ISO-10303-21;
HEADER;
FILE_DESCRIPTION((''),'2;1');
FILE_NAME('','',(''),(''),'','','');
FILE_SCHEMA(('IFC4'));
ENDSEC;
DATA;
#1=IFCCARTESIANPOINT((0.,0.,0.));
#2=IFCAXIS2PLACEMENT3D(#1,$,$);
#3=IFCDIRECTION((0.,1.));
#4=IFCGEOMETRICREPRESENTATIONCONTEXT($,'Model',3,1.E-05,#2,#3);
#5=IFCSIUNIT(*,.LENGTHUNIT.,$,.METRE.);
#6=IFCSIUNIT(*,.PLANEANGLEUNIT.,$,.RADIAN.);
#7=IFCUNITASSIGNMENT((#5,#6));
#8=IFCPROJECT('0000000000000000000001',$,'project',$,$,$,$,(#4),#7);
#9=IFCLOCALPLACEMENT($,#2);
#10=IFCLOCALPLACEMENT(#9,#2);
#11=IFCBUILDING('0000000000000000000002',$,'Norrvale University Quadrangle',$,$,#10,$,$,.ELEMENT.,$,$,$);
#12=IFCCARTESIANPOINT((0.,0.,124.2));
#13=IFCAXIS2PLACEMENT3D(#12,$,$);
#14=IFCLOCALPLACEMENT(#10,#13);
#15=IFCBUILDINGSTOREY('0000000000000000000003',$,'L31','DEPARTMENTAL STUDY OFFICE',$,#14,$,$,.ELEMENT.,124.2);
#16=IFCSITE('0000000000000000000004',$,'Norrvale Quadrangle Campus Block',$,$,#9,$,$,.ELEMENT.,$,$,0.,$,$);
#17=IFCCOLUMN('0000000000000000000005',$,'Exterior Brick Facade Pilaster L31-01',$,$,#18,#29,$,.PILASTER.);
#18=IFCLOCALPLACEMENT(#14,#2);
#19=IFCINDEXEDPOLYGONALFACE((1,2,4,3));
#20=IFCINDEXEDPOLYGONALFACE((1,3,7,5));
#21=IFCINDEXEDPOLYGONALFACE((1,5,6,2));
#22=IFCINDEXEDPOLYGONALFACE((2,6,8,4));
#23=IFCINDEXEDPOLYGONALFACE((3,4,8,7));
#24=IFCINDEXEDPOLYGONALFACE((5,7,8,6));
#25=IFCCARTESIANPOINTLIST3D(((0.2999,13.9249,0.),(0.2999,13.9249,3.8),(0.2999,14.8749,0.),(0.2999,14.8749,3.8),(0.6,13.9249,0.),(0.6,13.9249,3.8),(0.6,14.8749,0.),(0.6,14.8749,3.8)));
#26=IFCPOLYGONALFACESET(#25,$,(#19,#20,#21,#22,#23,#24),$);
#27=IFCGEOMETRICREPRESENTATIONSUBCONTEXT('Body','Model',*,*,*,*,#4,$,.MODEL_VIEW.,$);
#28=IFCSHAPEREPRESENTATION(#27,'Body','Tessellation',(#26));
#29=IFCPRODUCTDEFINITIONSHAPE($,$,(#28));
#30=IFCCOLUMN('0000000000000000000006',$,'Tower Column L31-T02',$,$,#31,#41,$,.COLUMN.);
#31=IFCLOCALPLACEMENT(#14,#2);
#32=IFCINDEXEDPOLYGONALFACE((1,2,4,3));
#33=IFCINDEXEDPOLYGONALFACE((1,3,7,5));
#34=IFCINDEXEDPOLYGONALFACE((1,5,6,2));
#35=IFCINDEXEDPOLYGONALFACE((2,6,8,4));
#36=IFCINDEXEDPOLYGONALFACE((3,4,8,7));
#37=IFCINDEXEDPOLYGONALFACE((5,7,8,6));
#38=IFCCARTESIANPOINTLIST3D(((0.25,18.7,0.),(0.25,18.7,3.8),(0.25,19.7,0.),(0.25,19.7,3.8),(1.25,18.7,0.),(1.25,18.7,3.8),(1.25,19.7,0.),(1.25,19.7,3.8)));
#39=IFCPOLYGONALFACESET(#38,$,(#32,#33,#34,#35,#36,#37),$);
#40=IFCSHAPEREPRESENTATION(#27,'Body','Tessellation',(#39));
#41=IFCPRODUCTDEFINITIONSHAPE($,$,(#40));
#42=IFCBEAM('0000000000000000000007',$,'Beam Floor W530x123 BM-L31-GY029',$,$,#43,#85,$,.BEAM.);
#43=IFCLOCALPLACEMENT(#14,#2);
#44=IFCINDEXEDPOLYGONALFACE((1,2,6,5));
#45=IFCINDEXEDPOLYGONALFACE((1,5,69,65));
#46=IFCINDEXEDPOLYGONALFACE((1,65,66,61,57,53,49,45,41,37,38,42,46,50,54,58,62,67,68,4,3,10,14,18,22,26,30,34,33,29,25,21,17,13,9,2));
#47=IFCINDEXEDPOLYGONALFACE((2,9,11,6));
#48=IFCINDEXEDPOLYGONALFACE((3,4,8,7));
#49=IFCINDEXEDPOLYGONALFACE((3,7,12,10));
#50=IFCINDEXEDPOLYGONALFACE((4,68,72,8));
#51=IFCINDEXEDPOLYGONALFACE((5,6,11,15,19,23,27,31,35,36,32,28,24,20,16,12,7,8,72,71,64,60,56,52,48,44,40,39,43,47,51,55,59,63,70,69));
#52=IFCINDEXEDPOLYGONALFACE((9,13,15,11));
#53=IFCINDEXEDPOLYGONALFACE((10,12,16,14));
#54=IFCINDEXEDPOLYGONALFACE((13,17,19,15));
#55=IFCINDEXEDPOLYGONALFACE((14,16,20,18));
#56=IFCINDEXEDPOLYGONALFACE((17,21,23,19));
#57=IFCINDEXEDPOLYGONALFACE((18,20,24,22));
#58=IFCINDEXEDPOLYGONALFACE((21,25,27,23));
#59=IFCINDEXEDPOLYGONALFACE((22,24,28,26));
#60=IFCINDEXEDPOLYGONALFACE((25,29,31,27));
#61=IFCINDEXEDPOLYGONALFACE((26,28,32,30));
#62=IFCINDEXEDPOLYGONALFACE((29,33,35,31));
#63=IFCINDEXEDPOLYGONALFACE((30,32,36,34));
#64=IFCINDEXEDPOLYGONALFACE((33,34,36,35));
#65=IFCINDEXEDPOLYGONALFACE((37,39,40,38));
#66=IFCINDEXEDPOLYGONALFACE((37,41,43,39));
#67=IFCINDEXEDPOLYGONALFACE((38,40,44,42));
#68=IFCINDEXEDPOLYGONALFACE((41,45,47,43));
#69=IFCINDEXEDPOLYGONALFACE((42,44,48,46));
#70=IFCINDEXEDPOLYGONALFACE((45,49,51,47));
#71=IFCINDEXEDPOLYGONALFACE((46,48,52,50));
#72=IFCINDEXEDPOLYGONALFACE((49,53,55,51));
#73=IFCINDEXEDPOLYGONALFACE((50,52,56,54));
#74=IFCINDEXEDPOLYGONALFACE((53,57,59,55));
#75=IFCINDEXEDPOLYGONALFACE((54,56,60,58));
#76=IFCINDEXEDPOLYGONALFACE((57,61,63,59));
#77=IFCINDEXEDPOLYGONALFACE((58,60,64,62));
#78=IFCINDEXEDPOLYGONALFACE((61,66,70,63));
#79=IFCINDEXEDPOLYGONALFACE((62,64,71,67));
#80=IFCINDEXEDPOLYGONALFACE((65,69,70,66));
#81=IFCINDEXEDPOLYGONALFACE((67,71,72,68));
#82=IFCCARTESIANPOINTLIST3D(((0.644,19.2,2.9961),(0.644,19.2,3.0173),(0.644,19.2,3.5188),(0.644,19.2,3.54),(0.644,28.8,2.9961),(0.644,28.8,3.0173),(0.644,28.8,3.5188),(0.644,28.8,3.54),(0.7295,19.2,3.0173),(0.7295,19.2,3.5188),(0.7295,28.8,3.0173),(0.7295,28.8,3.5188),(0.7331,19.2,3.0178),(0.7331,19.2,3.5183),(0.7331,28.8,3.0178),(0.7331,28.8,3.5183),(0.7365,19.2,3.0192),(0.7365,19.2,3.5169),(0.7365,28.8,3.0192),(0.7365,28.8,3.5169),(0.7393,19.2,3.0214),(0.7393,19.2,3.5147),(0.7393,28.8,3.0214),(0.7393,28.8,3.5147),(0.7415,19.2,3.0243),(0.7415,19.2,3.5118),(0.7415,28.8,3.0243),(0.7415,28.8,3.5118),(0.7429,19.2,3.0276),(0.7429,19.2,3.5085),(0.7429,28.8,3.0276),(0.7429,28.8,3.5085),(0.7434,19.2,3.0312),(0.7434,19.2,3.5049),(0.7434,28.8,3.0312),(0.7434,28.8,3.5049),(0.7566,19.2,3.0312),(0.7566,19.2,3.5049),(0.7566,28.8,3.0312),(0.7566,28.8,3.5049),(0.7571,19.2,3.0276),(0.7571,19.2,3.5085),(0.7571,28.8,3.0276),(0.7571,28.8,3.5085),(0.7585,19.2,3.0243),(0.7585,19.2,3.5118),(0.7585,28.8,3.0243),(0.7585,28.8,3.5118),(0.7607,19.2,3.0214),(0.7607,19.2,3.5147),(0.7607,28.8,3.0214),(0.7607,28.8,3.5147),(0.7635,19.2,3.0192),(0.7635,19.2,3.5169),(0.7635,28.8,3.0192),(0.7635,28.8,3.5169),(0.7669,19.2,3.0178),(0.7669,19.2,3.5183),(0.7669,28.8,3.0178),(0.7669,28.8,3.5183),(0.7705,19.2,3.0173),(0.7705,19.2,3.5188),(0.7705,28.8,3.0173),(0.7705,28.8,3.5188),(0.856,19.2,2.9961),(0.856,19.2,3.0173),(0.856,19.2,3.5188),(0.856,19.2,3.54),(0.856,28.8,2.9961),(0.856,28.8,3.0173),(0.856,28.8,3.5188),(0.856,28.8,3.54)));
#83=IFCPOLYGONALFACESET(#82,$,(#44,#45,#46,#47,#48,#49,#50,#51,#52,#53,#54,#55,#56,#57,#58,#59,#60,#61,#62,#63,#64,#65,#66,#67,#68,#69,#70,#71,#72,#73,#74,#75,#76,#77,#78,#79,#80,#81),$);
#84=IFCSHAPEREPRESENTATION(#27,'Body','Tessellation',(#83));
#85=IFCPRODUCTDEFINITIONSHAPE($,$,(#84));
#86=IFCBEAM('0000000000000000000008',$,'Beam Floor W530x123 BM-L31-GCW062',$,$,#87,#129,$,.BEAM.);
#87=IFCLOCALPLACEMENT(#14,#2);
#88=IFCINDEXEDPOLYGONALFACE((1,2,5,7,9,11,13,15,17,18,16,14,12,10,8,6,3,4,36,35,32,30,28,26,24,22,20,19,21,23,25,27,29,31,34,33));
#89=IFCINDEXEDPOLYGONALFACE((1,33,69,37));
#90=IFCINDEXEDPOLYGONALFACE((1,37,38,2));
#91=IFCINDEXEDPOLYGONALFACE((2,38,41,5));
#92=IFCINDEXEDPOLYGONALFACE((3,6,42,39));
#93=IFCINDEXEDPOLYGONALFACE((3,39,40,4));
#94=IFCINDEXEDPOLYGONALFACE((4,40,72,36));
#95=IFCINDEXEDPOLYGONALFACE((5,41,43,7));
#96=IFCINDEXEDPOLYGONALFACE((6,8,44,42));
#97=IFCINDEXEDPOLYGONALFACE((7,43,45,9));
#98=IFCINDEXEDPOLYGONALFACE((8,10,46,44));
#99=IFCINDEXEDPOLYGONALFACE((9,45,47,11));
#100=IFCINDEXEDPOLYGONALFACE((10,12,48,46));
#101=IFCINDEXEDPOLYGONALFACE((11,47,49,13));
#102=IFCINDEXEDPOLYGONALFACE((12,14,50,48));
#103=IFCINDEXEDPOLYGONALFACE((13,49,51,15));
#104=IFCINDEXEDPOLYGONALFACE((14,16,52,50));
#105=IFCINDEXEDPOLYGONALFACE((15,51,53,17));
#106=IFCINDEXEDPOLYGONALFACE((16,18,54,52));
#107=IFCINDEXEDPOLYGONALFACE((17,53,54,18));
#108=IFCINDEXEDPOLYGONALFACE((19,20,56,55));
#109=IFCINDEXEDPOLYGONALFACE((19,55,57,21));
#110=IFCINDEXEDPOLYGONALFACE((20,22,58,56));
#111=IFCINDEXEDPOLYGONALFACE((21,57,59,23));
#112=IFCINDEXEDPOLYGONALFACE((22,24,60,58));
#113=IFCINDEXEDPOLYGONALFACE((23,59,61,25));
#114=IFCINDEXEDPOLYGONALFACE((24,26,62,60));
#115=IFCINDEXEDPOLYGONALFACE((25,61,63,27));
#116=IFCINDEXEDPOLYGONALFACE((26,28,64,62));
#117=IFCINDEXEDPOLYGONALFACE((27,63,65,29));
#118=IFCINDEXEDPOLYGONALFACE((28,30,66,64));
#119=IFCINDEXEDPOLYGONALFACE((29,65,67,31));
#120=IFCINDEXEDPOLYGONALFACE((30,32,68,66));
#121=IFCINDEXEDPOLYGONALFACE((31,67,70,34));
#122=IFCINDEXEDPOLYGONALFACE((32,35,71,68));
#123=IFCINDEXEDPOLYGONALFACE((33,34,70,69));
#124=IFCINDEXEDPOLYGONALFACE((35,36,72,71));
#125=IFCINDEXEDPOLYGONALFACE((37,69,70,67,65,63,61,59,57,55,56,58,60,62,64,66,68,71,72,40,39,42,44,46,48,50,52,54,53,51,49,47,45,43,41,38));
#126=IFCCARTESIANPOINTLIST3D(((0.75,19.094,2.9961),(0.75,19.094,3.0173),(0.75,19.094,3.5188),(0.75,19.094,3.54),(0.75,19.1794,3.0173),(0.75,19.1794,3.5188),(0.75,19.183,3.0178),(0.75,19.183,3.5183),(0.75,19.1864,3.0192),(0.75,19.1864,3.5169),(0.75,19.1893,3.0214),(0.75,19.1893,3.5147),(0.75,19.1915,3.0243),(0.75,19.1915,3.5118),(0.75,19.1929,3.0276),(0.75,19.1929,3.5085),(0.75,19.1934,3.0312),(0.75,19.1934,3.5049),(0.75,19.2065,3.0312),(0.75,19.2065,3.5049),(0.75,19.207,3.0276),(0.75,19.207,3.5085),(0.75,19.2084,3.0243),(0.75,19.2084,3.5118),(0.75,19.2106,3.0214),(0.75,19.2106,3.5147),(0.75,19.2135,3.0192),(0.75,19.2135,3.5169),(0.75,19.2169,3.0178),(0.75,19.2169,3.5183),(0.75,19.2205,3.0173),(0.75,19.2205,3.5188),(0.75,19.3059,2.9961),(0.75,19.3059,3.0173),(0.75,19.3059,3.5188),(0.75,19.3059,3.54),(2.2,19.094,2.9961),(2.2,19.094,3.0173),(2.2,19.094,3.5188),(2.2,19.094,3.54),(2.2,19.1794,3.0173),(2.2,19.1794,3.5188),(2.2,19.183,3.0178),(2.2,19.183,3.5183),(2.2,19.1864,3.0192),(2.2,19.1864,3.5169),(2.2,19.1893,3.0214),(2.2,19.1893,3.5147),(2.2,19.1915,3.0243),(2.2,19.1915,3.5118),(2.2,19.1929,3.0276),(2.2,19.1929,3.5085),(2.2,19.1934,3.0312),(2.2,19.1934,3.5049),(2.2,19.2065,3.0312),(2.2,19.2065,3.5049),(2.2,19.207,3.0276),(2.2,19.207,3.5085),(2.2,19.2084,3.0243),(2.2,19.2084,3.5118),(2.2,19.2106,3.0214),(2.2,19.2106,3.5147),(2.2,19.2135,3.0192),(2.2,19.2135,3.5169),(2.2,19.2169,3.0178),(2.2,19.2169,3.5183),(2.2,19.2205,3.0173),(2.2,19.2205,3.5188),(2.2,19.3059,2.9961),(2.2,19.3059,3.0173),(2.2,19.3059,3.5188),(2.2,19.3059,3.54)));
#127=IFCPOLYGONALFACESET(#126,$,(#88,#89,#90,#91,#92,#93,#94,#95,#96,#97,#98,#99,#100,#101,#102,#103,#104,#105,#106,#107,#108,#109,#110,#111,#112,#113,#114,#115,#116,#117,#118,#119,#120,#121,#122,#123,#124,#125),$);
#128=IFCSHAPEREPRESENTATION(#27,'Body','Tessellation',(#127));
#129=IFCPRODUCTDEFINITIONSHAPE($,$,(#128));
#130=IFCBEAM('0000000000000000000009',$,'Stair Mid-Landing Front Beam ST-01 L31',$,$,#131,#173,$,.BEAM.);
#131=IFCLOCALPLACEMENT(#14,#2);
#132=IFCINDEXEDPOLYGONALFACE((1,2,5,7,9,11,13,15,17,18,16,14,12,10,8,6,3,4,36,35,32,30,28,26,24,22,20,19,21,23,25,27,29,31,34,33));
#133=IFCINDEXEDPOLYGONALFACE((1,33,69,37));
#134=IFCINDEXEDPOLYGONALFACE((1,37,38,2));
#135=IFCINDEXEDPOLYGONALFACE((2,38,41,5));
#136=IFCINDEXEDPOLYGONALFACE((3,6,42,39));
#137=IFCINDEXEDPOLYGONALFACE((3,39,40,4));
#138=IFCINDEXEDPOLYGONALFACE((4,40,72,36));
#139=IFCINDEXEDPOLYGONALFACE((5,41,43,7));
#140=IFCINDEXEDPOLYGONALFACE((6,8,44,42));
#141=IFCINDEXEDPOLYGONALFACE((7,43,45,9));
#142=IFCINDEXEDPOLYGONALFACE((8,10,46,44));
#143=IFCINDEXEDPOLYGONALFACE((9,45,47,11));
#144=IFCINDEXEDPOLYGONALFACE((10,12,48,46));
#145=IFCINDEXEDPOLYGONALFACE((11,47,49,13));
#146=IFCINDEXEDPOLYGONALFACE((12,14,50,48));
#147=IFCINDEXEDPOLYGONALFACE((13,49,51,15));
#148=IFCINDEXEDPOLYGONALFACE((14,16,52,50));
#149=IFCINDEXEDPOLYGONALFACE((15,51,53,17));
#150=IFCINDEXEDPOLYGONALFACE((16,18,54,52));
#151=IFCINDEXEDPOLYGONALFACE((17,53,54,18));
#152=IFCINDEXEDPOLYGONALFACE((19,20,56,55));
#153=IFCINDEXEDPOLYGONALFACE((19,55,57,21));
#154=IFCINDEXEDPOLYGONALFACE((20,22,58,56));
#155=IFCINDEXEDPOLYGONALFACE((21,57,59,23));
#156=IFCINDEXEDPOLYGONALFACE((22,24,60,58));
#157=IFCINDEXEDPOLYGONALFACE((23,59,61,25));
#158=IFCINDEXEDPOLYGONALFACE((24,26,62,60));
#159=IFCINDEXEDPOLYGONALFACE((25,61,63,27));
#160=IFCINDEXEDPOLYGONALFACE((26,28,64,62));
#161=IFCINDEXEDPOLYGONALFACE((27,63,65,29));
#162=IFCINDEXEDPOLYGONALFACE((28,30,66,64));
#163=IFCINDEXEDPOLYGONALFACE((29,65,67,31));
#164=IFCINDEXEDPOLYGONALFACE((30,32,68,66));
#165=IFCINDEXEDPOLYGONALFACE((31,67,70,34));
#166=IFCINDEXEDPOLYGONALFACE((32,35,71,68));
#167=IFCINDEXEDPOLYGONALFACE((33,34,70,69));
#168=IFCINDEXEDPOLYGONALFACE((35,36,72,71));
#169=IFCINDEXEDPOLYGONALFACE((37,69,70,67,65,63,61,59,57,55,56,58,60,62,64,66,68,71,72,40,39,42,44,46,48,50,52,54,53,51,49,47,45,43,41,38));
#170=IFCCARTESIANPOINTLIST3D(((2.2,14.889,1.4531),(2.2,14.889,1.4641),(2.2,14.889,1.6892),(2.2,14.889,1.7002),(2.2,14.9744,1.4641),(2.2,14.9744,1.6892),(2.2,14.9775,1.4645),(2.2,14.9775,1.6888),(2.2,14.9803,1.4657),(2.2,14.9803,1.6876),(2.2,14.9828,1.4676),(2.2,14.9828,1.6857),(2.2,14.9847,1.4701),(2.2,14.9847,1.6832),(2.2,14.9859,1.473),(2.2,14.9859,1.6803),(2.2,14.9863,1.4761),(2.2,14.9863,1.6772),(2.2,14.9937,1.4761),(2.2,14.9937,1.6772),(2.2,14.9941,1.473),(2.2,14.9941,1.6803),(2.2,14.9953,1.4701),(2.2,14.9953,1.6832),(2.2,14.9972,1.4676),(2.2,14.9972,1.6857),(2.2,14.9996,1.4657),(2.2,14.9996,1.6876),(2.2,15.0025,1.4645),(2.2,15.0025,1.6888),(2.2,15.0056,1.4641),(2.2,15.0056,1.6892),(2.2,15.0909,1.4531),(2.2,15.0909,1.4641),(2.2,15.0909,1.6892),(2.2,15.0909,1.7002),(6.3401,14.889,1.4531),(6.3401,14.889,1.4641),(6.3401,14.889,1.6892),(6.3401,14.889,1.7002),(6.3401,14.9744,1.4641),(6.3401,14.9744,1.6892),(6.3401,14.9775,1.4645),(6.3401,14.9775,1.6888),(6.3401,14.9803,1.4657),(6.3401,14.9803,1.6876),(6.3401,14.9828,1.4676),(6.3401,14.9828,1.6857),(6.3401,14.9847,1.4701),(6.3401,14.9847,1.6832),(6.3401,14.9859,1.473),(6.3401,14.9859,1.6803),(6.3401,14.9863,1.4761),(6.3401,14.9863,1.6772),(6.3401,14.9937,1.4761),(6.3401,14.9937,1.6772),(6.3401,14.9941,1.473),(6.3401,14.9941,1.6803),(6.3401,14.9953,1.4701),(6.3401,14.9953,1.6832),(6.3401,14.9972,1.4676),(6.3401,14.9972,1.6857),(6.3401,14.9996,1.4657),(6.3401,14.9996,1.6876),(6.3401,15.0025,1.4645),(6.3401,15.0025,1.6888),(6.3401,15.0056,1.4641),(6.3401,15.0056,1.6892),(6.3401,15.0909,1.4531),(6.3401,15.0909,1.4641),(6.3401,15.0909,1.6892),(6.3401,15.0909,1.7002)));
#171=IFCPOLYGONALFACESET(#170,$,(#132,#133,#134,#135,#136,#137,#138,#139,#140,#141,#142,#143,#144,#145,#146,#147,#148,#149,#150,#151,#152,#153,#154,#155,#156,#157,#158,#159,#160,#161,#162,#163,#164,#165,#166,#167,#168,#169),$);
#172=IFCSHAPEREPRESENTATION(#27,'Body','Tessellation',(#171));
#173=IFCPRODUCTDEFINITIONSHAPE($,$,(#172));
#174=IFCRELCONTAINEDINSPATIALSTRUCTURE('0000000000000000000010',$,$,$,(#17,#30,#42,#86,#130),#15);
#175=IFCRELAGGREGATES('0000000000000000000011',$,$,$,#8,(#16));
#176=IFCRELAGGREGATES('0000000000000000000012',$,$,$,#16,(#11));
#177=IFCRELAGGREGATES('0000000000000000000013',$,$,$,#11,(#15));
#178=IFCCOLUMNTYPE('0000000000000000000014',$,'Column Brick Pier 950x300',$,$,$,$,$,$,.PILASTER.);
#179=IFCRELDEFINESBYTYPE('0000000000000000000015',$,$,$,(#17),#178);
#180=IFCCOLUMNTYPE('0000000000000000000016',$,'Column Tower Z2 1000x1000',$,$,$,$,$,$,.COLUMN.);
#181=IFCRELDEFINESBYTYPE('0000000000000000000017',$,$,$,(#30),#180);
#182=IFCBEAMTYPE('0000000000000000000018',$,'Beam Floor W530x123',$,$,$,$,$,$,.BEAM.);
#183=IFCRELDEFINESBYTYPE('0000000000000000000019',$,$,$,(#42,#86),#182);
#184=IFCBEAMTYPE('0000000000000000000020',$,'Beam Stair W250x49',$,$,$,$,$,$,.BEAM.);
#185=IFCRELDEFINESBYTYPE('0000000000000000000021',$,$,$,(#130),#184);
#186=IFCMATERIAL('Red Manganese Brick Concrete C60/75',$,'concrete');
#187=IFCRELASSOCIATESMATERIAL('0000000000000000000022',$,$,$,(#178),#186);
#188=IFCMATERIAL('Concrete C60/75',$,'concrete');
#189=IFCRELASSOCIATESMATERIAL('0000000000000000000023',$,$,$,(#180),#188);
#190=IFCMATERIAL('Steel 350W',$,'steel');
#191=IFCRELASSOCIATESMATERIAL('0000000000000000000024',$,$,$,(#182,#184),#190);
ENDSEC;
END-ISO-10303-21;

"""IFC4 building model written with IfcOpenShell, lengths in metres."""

from ifc_helpers import new_model, si_unit, direction, frame, origin, origin_2d, place, context, subcontext, project, spatial, rectangle, i_section, extrude, material, material_profile, profile_set, type_object, element, save


model = new_model("IFC4")

# Units and contexts
model_context = context("Model", 3, precision=1e-05, world=origin(), true_north=direction((0.0, 1.0)))
body_context = subcontext(model_context, "Body", "Model", "MODEL_VIEW")
ifc_project = project(units=[si_unit("LENGTHUNIT", "METRE"), si_unit("PLANEANGLEUNIT", "RADIAN")], contexts=[model_context])

# Site, building, storey
site_placement = place(None, origin())
site = spatial("IfcSite", under=ifc_project, at=site_placement, Name="Norrvale Quadrangle Campus Block", CompositionType="ELEMENT", RefElevation=0.0)
building_placement = place(site_placement, origin())
building = spatial("IfcBuilding", under=site, at=building_placement, Name="Norrvale University Quadrangle", CompositionType="ELEMENT")
storey_placement = place(building_placement, frame((0.0, 0.0, 124.2)))
storey = spatial("IfcBuildingStorey", under=building, at=storey_placement, Name="L31", Description="DEPARTMENTAL STUDY OFFICE", CompositionType="ELEMENT", Elevation=124.2)

# Columns
ifc_material_1 = material(Name="Red Manganese Brick Concrete C60/75", Category="concrete")
ifc_material_profile_1 = material_profile(ifc_material_1, rectangle(XDim=0.95, YDim=0.3, at=origin_2d()), Name="Red Manganese Brick Concrete C60/75")
ifc_profile_set_1 = profile_set([ifc_material_profile_1], Name="Red Manganese Brick Concrete C60/75")
column_type_1 = type_object("IfcColumnType", Name="Column Brick Pier 950x300", PredefinedType="PILASTER", material=ifc_profile_set_1)
column_1_placement = place(storey_placement, frame((0.45, 14.3999, 0.0), z_axis=(0.0, 0.0, 1.0), x_axis=(0.0, 1.0, 0.0)))
element("IfcColumn", 1, at=column_1_placement, inside=storey, type_object=column_type_1, Name="Exterior Brick Facade Pilaster L31-01", PredefinedType="PILASTER", context=body_context, shape_type="SweptSolid", body=[
    extrude(rectangle(XDim=0.95, YDim=0.3, at=origin_2d()), origin(), (0.0, 0.0, 1.0), 3.8),
])
ifc_material_2 = material(Name="Concrete C60/75", Category="concrete")
ifc_material_profile_2 = material_profile(ifc_material_2, rectangle(XDim=1.0, YDim=1.0, at=origin_2d()), Name="Concrete C60/75")
ifc_profile_set_2 = profile_set([ifc_material_profile_2], Name="Concrete C60/75")
column_type_2 = type_object("IfcColumnType", Name="Column Tower Z2 1000x1000", PredefinedType="COLUMN", material=ifc_profile_set_2)
column_2_placement = place(storey_placement, frame((0.75, 19.2, 0.0), z_axis=(0.0, 0.0, 1.0), x_axis=(1.0, 0.0, 0.0)))
element("IfcColumn", 2, at=column_2_placement, inside=storey, type_object=column_type_2, Name="Tower Column L31-T02", PredefinedType="COLUMN", context=body_context, shape_type="SweptSolid", body=[
    extrude(rectangle(XDim=1.0, YDim=1.0, at=origin_2d()), origin(), (0.0, 0.0, 1.0), 3.8),
])

# Beams
ifc_material_3 = material(Name="Steel 350W", Category="steel")
ifc_material_profile_3 = material_profile(ifc_material_3, i_section(OverallWidth=0.2119, OverallDepth=0.5439, WebThickness=0.0132, FlangeThickness=0.0212, FilletRadius=0.0139, at=origin_2d()), Name="Steel 350W")
ifc_profile_set_3 = profile_set([ifc_material_profile_3], Name="Steel 350W")
beam_type_1 = type_object("IfcBeamType", Name="Beam Floor W530x123", PredefinedType="BEAM", material=ifc_profile_set_3)
beam_1_placement = place(storey_placement, frame((0.75, 19.2, 3.2681), z_axis=(0.0, 1.0, 0.0), x_axis=(-1.0, 0.0, 0.0)))
element("IfcBeam", 3, at=beam_1_placement, inside=storey, type_object=beam_type_1, Name="Beam Floor W530x123 BM-L31-GY029", PredefinedType="BEAM", context=body_context, shape_type="SweptSolid", body=[
    extrude(i_section(OverallWidth=0.2119, OverallDepth=0.5439, WebThickness=0.0132, FlangeThickness=0.0212, FilletRadius=0.0139, at=origin_2d()), origin(), (0.0, 0.0, 1.0), 9.6001),
])
beam_2_placement = place(storey_placement, frame((0.75, 19.2, 3.2681), z_axis=(1.0, 0.0, 0.0), x_axis=(0.0, 1.0, 0.0)))
element("IfcBeam", 4, at=beam_2_placement, inside=storey, type_object=beam_type_1, Name="Beam Floor W530x123 BM-L31-GCW062", PredefinedType="BEAM", context=body_context, shape_type="SweptSolid", body=[
    extrude(i_section(OverallWidth=0.2119, OverallDepth=0.5439, WebThickness=0.0132, FlangeThickness=0.0212, FilletRadius=0.0139, at=origin_2d()), origin(), (0.0, 0.0, 1.0), 1.45),
])
ifc_material_profile_4 = material_profile(ifc_material_3, i_section(OverallWidth=0.2019, OverallDepth=0.2471, WebThickness=0.0073, FlangeThickness=0.011, FilletRadius=0.012, at=origin_2d()), Name="Steel 350W")
ifc_profile_set_4 = profile_set([ifc_material_profile_4], Name="Steel 350W")
beam_type_2 = type_object("IfcBeamType", Name="Beam Stair W250x49", PredefinedType="BEAM", material=ifc_profile_set_4)
for number, where, z_axis, x_axis, name in (
    (5, (2.2, 14.99, 1.5767), (1.0, 0.0, 0.0), (0.0, 1.0, 0.0), "Stair Mid-Landing Front Beam ST-01 L31"),
):
    element("IfcBeam", number, at=place(storey_placement, frame(where, z_axis=z_axis, x_axis=x_axis)), inside=storey, type_object=beam_type_2, Name=name, PredefinedType="BEAM", context=body_context, shape_type="SweptSolid", body=[
        extrude(i_section(OverallWidth=0.2019, OverallDepth=0.2471, WebThickness=0.0073, FlangeThickness=0.011, FilletRadius=0.012, at=origin_2d()), origin(), (0.0, 0.0, 1.0), 4.1401),
    ])

save(model, "model.ifc")
